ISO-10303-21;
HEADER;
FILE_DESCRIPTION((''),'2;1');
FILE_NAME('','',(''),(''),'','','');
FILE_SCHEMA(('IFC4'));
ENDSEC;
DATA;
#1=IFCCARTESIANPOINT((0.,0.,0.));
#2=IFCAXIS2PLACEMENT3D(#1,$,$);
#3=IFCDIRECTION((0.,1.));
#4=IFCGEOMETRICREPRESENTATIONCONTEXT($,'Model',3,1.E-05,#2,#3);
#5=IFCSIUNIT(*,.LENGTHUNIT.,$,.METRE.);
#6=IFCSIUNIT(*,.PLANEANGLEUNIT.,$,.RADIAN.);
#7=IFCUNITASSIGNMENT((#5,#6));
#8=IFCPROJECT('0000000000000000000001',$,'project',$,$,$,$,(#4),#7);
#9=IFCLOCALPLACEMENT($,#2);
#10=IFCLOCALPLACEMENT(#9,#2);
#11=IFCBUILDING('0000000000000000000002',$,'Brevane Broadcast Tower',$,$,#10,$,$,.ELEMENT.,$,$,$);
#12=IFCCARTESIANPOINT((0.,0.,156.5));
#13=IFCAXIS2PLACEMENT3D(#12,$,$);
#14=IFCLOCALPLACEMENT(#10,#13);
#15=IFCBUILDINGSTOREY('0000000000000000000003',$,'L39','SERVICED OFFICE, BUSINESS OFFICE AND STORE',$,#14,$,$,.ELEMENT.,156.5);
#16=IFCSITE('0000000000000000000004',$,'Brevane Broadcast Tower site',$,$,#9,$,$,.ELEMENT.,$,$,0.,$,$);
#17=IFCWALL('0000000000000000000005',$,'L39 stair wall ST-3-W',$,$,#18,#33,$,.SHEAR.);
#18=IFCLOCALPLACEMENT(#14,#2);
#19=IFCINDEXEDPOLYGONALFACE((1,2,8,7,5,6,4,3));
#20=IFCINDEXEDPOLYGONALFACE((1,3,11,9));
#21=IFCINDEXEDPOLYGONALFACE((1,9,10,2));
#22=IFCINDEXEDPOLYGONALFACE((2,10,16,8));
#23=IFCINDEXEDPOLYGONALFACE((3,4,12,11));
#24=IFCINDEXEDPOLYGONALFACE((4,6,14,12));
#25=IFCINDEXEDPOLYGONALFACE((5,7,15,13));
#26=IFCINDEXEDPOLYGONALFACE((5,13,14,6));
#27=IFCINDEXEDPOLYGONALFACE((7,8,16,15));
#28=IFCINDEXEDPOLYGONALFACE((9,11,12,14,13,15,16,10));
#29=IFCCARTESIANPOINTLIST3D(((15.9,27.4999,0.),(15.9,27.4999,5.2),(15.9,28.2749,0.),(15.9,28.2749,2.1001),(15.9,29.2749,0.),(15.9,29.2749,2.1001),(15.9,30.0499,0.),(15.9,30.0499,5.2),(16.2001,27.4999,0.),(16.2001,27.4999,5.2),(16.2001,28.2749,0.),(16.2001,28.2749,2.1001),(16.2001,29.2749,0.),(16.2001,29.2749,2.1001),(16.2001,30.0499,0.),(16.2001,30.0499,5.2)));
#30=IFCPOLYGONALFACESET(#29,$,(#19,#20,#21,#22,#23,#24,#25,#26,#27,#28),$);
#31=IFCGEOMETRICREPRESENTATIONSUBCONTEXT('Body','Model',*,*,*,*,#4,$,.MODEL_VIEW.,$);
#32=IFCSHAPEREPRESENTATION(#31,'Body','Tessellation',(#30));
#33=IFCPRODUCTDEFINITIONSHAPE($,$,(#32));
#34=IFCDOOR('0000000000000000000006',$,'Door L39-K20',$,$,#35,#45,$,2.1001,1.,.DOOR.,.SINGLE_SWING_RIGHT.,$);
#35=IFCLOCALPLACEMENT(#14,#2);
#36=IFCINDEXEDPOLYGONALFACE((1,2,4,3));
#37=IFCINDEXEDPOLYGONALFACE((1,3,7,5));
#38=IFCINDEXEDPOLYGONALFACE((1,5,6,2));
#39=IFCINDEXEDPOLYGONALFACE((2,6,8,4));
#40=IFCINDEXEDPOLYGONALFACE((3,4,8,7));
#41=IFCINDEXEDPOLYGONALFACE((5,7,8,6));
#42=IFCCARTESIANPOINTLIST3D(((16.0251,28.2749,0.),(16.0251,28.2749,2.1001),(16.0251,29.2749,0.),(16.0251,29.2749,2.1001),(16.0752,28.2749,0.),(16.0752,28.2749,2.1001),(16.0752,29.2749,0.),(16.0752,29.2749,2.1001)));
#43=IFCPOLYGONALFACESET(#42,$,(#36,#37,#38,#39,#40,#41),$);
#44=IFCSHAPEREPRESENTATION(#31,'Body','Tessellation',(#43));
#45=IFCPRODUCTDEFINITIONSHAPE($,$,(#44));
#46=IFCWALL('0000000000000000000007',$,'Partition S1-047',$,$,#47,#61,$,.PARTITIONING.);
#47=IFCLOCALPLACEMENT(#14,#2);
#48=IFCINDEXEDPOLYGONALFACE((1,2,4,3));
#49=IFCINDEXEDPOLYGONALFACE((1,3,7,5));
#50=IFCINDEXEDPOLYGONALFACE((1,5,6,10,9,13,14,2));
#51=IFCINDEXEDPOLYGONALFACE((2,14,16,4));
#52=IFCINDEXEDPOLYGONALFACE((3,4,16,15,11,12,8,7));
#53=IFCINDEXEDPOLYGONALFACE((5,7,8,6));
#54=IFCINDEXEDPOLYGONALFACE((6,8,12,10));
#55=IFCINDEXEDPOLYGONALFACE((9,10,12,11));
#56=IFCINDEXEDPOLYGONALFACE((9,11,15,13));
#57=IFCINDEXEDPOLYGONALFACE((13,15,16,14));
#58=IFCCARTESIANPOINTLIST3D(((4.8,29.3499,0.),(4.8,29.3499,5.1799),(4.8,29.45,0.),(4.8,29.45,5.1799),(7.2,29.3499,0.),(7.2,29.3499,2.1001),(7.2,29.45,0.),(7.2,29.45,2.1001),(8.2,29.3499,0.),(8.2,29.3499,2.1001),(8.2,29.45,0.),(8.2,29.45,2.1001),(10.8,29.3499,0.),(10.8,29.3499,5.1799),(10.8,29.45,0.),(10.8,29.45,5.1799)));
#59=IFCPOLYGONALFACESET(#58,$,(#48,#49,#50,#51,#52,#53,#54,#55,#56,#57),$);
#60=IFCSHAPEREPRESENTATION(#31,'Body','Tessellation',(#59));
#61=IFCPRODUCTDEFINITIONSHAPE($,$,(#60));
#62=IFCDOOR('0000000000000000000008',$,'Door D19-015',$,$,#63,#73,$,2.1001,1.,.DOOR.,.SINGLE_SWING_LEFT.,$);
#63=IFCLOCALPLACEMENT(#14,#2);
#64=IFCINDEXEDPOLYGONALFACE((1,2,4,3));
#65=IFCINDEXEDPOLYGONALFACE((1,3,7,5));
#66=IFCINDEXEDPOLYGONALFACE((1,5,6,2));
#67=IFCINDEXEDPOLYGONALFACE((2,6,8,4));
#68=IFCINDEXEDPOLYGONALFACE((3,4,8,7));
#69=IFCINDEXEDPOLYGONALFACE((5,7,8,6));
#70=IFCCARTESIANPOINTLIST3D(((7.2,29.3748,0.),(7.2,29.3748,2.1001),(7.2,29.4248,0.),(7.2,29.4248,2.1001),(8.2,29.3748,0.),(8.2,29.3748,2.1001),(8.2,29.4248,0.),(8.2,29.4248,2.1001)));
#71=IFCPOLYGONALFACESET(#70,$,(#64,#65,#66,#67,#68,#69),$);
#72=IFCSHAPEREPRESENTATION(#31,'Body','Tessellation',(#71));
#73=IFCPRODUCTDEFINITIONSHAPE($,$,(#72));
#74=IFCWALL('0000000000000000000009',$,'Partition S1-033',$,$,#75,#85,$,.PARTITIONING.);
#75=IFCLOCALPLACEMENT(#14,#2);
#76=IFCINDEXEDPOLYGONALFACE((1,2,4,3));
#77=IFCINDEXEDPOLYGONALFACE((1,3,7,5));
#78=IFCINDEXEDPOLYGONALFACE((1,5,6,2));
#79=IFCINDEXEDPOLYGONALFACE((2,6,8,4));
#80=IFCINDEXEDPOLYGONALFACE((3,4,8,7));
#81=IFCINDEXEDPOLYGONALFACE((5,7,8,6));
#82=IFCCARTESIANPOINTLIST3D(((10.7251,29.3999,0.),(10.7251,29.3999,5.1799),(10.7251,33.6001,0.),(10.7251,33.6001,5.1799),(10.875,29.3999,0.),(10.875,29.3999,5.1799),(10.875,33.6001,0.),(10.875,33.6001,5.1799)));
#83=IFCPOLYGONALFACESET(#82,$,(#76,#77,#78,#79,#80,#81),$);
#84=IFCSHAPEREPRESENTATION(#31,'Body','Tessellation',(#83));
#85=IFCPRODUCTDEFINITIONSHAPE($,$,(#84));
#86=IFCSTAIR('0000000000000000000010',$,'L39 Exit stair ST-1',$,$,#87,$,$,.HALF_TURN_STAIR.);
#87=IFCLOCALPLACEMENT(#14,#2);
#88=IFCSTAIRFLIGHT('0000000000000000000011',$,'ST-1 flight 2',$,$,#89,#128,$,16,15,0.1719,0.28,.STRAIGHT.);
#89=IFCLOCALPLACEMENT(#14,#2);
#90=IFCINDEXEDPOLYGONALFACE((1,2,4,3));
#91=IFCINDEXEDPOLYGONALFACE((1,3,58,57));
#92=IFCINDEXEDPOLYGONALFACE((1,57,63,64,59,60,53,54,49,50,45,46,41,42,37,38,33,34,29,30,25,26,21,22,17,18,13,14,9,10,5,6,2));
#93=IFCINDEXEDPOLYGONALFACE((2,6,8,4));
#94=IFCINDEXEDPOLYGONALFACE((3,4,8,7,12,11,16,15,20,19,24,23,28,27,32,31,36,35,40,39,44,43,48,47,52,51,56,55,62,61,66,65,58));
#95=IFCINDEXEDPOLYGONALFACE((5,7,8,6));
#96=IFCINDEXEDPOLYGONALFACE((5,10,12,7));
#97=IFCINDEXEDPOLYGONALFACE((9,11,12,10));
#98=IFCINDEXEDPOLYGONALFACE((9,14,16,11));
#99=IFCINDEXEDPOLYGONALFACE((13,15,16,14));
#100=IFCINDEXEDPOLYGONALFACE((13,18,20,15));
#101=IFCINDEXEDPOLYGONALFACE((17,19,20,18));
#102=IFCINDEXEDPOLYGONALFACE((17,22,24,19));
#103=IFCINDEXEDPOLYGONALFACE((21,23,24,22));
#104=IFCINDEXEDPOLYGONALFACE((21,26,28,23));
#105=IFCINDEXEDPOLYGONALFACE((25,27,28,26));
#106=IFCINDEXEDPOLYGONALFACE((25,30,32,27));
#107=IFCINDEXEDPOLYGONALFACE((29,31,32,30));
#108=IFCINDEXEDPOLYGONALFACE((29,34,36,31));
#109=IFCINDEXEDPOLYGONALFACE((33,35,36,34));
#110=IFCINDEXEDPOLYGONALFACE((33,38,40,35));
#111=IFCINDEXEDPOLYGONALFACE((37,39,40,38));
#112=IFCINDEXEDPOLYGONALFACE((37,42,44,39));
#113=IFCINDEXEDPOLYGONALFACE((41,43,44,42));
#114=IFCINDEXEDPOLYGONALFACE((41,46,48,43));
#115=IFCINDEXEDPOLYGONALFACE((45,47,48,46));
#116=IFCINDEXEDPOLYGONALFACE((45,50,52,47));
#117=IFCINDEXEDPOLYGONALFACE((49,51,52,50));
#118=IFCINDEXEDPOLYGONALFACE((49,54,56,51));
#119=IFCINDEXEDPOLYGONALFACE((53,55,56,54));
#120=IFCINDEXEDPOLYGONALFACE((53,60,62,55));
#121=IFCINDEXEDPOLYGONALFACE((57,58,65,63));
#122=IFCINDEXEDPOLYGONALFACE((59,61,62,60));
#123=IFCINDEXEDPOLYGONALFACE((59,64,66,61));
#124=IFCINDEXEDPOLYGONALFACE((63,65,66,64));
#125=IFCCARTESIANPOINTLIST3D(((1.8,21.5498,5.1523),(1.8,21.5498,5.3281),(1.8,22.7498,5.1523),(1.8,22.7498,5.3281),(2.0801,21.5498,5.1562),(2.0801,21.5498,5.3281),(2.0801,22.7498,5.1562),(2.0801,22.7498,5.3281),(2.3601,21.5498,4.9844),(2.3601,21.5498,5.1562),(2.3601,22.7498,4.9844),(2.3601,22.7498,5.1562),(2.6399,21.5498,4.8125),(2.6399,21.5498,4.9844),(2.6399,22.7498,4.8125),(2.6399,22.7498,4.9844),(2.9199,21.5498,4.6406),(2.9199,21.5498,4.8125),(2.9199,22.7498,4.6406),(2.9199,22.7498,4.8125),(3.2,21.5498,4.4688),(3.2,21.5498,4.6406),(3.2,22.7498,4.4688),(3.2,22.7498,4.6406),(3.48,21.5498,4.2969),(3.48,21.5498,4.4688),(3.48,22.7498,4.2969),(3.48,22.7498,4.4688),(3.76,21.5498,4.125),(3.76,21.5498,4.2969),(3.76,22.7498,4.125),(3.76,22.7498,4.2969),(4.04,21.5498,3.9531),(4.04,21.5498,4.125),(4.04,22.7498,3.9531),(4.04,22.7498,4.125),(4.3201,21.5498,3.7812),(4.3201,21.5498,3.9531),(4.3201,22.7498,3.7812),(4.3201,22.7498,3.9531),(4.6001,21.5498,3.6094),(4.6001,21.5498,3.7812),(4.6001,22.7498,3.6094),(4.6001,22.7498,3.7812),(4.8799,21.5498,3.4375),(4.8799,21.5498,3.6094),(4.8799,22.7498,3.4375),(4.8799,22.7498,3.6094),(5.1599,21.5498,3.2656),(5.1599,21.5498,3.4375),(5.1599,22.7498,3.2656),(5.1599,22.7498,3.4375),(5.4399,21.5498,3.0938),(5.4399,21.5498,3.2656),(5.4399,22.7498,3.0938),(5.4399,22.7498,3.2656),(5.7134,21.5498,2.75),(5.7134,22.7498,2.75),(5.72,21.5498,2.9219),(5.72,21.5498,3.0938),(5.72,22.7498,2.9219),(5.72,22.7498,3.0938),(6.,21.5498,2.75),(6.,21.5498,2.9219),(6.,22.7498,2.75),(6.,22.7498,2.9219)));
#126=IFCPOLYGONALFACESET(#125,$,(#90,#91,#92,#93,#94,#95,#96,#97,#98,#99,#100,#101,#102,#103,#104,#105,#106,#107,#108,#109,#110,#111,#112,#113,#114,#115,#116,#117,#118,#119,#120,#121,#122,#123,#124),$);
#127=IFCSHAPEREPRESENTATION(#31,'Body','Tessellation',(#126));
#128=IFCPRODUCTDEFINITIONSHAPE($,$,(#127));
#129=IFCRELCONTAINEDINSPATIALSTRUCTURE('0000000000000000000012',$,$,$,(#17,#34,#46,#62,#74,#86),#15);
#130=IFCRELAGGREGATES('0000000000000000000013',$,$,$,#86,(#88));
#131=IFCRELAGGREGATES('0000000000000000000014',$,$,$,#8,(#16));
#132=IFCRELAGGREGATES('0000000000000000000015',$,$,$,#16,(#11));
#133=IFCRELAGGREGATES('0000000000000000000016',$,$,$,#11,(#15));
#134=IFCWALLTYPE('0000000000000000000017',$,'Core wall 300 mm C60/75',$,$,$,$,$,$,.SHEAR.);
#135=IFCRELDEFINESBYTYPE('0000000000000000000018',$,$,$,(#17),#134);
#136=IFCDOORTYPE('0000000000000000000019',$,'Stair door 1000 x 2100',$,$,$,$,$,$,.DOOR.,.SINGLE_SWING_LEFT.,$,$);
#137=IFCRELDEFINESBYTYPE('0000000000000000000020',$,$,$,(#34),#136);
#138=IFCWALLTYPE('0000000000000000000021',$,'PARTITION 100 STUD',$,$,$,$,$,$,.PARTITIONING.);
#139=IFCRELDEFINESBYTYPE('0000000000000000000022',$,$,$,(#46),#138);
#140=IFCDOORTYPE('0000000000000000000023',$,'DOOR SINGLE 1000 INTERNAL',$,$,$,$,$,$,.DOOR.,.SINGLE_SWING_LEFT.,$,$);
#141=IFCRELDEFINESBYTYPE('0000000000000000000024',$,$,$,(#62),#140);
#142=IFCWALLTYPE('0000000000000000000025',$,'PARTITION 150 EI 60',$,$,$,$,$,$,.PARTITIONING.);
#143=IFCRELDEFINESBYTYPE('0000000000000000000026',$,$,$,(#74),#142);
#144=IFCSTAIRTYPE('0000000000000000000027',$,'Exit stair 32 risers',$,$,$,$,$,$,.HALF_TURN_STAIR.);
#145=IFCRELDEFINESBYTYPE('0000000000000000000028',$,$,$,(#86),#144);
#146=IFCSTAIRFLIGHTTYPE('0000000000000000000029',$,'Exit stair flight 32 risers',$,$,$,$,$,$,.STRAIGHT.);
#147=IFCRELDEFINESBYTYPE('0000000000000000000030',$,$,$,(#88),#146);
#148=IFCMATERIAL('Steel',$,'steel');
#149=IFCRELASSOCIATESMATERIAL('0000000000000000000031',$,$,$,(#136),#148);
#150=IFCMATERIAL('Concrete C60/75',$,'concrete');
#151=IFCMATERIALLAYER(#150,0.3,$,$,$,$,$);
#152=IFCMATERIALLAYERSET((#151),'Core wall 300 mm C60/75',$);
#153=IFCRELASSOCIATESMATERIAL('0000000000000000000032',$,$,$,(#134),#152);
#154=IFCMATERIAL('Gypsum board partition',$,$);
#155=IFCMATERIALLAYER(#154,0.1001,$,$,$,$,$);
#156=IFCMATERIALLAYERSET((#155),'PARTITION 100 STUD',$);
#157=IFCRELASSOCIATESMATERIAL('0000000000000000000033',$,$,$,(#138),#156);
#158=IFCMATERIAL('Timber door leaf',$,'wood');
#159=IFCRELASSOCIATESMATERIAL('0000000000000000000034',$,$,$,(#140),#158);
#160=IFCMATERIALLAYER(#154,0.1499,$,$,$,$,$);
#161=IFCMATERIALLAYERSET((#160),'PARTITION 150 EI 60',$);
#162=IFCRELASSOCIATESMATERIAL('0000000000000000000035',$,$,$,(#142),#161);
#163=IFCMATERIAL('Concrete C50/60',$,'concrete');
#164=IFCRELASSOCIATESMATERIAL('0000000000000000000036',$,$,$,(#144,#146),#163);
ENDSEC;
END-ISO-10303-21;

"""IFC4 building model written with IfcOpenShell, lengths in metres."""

from ifc_helpers import new_model, si_unit, direction, frame, frame_2d, origin, place, context, subcontext, project, spatial, polyline, rectangle, outline, extrude, material, layer, layer_set, type_object, element, fill, aggregate, save


model = new_model("IFC4")

# Units and contexts
model_context = context("Model", 3, precision=1e-05, world=origin(), true_north=direction((0.0, 1.0)))
body_context = subcontext(model_context, "Body", "Model", "MODEL_VIEW")
ifc_project = project(units=[si_unit("LENGTHUNIT", "METRE"), si_unit("PLANEANGLEUNIT", "RADIAN")], contexts=[model_context])

# Site, building, storey
site_placement = place(None, origin())
site = spatial("IfcSite", under=ifc_project, at=site_placement, Name="Brevane Broadcast Tower site", CompositionType="ELEMENT", RefElevation=0.0)
building_placement = place(site_placement, origin())
building = spatial("IfcBuilding", under=site, at=building_placement, Name="Brevane Broadcast Tower", CompositionType="ELEMENT")
storey_placement = place(building_placement, frame((0.0, 0.0, 156.5)))
storey = spatial("IfcBuildingStorey", under=building, at=storey_placement, Name="L39", Description="SERVICED OFFICE, BUSINESS OFFICE AND STORE", CompositionType="ELEMENT", Elevation=156.5)

# Shared definitions
ifc_material_1 = material(Name="Concrete C60/75", Category="concrete")

# Shared definitions
ifc_material_2 = material(Name="Steel", Category="steel")
door_type_1 = type_object("IfcDoorType", Name="Stair door 1000 x 2100", OperationType="SINGLE_SWING_LEFT", PredefinedType="DOOR", material=ifc_material_2)
ifc_layer_1 = layer(ifc_material_1, 0.3)
ifc_layer_set_1 = layer_set([ifc_layer_1], Name="Core wall 300 mm C60/75")
wall_type_1 = type_object("IfcWallType", Name="Core wall 300 mm C60/75", PredefinedType="SHEAR", material=ifc_layer_set_1)

# Walls, openings, doors
wall_1_placement = place(storey_placement, frame((16.05, 27.5, 0.0), z_axis=(0.0, 0.0, 1.0), x_axis=(0.0, 1.0, 0.0)))
wall_1 = element("IfcWall", 1, at=wall_1_placement, inside=storey, type_object=wall_type_1, Name="L39 stair wall ST-3-W", PredefinedType="SHEAR", context=body_context, shape_type="SweptSolid", body=[
    extrude(rectangle(XDim=2.55, YDim=0.3, at=frame_2d((1.2749, 0.0))), origin(), (0.0, 0.0, 1.0), 5.2),
])
opening_1_placement = place(wall_1_placement, frame((0.7749, 0.0, 0.0)))
opening_1 = element("IfcOpeningElement", 2, at=opening_1_placement, cuts=wall_1, PredefinedType="OPENING", context=body_context, shape_type="SweptSolid", body=[
    extrude(rectangle(XDim=1.0, YDim=2.1001, at=frame_2d((0.5, 1.05))), frame((0.0, 0.1599, 0.0), z_axis=(0.0, -1.0, 0.0), x_axis=(1.0, 0.0, 0.0)), (0.0, 0.0, 1.0), 0.3201),
])
door_1_placement = place(opening_1_placement, origin())
door_1 = element("IfcDoor", 3, at=door_1_placement, inside=storey, type_object=door_type_1, Name="Door L39-K20", OperationType="SINGLE_SWING_RIGHT", OverallHeight=2.1001, OverallWidth=1.0, PredefinedType="DOOR", context=body_context, shape_type="SweptSolid", body=[
    extrude(rectangle(XDim=1.0, YDim=2.1001, at=frame_2d((0.5, 1.05))), frame((0.0, 0.0249, 0.0), z_axis=(0.0, -1.0, 0.0), x_axis=(1.0, 0.0, 0.0)), (0.0, 0.0, 1.0), 0.05),
])
fill(opening_1, door_1)
ifc_material_3 = material(Name="Gypsum board partition")
ifc_layer_2 = layer(ifc_material_3, 0.1001)
ifc_layer_set_2 = layer_set([ifc_layer_2], Name="PARTITION 100 STUD")
wall_type_2 = type_object("IfcWallType", Name="PARTITION 100 STUD", PredefinedType="PARTITIONING", material=ifc_layer_set_2)
wall_2_placement = place(storey_placement, frame((4.8, 29.3999, 0.0), z_axis=(0.0, 0.0, 1.0), x_axis=(1.0, 0.0, 0.0)))
wall_2 = element("IfcWall", 4, at=wall_2_placement, inside=storey, type_object=wall_type_2, Name="Partition S1-047", PredefinedType="PARTITIONING", context=body_context, shape_type="SweptSolid", body=[
    extrude(rectangle(XDim=6.0, YDim=0.1001, at=frame_2d((3.0, 0.0))), origin(), (0.0, 0.0, 1.0), 5.1799),
])
opening_2_placement = place(wall_2_placement, frame((2.3999, 0.0, 0.0)))
opening_2 = element("IfcOpeningElement", 5, at=opening_2_placement, cuts=wall_2, PredefinedType="OPENING", context=body_context, shape_type="SweptSolid", body=[
    extrude(rectangle(XDim=1.0, YDim=2.1001, at=frame_2d((0.5, 1.05))), frame((0.0, 0.0601, 0.0), z_axis=(0.0, -1.0, 0.0), x_axis=(1.0, 0.0, 0.0)), (0.0, 0.0, 1.0), 0.1201),
])
ifc_material_4 = material(Name="Timber door leaf", Category="wood")
door_type_2 = type_object("IfcDoorType", Name="DOOR SINGLE 1000 INTERNAL", OperationType="SINGLE_SWING_LEFT", PredefinedType="DOOR", material=ifc_material_4)
door_2_placement = place(opening_2_placement, origin())
door_2 = element("IfcDoor", 6, at=door_2_placement, inside=storey, type_object=door_type_2, Name="Door D19-015", OperationType="SINGLE_SWING_LEFT", OverallHeight=2.1001, OverallWidth=1.0, PredefinedType="DOOR", context=body_context, shape_type="SweptSolid", body=[
    extrude(rectangle(XDim=1.0, YDim=2.1001, at=frame_2d((0.5, 1.05))), frame((0.0, 0.0249, 0.0), z_axis=(0.0, -1.0, 0.0), x_axis=(1.0, 0.0, 0.0)), (0.0, 0.0, 1.0), 0.05),
])
fill(opening_2, door_2)
ifc_layer_3 = layer(ifc_material_3, 0.1499)
ifc_layer_set_3 = layer_set([ifc_layer_3], Name="PARTITION 150 EI 60")
wall_type_3 = type_object("IfcWallType", Name="PARTITION 150 EI 60", PredefinedType="PARTITIONING", material=ifc_layer_set_3)

# Wall
wall_3_placement = place(storey_placement, frame((10.8, 29.3999, 0.0), z_axis=(0.0, 0.0, 1.0), x_axis=(0.0, 1.0, 0.0)))
element("IfcWall", 7, at=wall_3_placement, inside=storey, type_object=wall_type_3, Name="Partition S1-033", PredefinedType="PARTITIONING", context=body_context, shape_type="SweptSolid", body=[
    extrude(rectangle(XDim=4.2002, YDim=0.1499, at=frame_2d((2.1001, 0.0))), origin(), (0.0, 0.0, 1.0), 5.1799),
])

# Stair, stair flight
ifc_material_5 = material(Name="Concrete C50/60", Category="concrete")
stair_type = type_object("IfcStairType", Name="Exit stair 32 risers", PredefinedType="HALF_TURN_STAIR", material=ifc_material_5)
stair_placement = place(storey_placement, origin())
stair = element("IfcStair", 8, at=stair_placement, inside=storey, type_object=stair_type, Name="L39 Exit stair ST-1", PredefinedType="HALF_TURN_STAIR")
stair_flight_type = type_object("IfcStairFlightType", Name="Exit stair flight 32 risers", PredefinedType="STRAIGHT", material=ifc_material_5)
stair_flight_placement = place(storey_placement, frame((6.0, 22.1499, 2.75), z_axis=(0.0, 0.0, 1.0), x_axis=(-1.0, 0.0, 0.0)))
stair_flight = element("IfcStairFlight", 9, at=stair_flight_placement, type_object=stair_flight_type, Name="ST-1 flight 2", NumberOfRisers=16, NumberOfTreads=15, PredefinedType="STRAIGHT", RiserHeight=0.1719, TreadLength=0.28, context=body_context, shape_type="SweptSolid", body=[
    extrude(outline(polyline([(0.0, 0.0), (0.0, 0.1719), (0.28, 0.1719), (0.28, 0.3438), (0.5601, 0.3438), (0.5601, 0.5156), (0.8401, 0.5156), (0.8401, 0.6875), (1.1201, 0.6875), (1.1201, 0.8594), (1.3999, 0.8594), (1.3999, 1.0312), (1.6799, 1.0312), (1.6799, 1.2031), (1.96, 1.2031), (1.96, 1.375), (2.24, 1.375), (2.24, 1.5469), (2.52, 1.5469), (2.52, 1.7188), (2.8, 1.7188), (2.8, 1.8906), (3.0801, 1.8906), (3.0801, 2.0625), (3.3601, 2.0625), (3.3601, 2.2344), (3.6399, 2.2344), (3.6399, 2.4062), (3.9199, 2.4062), (3.9199, 2.5781), (4.2, 2.5781), (4.2, 2.75), (4.2, 2.4023), (0.2866, 0.0), (0.0, 0.0)])), frame((0.0, 0.6001, 0.0), z_axis=(0.0, -1.0, 0.0), x_axis=(1.0, 0.0, 0.0)), (0.0, 0.0, 1.0), 1.2),
])
aggregate(stair, [stair_flight])

save(model, "model.ifc")
